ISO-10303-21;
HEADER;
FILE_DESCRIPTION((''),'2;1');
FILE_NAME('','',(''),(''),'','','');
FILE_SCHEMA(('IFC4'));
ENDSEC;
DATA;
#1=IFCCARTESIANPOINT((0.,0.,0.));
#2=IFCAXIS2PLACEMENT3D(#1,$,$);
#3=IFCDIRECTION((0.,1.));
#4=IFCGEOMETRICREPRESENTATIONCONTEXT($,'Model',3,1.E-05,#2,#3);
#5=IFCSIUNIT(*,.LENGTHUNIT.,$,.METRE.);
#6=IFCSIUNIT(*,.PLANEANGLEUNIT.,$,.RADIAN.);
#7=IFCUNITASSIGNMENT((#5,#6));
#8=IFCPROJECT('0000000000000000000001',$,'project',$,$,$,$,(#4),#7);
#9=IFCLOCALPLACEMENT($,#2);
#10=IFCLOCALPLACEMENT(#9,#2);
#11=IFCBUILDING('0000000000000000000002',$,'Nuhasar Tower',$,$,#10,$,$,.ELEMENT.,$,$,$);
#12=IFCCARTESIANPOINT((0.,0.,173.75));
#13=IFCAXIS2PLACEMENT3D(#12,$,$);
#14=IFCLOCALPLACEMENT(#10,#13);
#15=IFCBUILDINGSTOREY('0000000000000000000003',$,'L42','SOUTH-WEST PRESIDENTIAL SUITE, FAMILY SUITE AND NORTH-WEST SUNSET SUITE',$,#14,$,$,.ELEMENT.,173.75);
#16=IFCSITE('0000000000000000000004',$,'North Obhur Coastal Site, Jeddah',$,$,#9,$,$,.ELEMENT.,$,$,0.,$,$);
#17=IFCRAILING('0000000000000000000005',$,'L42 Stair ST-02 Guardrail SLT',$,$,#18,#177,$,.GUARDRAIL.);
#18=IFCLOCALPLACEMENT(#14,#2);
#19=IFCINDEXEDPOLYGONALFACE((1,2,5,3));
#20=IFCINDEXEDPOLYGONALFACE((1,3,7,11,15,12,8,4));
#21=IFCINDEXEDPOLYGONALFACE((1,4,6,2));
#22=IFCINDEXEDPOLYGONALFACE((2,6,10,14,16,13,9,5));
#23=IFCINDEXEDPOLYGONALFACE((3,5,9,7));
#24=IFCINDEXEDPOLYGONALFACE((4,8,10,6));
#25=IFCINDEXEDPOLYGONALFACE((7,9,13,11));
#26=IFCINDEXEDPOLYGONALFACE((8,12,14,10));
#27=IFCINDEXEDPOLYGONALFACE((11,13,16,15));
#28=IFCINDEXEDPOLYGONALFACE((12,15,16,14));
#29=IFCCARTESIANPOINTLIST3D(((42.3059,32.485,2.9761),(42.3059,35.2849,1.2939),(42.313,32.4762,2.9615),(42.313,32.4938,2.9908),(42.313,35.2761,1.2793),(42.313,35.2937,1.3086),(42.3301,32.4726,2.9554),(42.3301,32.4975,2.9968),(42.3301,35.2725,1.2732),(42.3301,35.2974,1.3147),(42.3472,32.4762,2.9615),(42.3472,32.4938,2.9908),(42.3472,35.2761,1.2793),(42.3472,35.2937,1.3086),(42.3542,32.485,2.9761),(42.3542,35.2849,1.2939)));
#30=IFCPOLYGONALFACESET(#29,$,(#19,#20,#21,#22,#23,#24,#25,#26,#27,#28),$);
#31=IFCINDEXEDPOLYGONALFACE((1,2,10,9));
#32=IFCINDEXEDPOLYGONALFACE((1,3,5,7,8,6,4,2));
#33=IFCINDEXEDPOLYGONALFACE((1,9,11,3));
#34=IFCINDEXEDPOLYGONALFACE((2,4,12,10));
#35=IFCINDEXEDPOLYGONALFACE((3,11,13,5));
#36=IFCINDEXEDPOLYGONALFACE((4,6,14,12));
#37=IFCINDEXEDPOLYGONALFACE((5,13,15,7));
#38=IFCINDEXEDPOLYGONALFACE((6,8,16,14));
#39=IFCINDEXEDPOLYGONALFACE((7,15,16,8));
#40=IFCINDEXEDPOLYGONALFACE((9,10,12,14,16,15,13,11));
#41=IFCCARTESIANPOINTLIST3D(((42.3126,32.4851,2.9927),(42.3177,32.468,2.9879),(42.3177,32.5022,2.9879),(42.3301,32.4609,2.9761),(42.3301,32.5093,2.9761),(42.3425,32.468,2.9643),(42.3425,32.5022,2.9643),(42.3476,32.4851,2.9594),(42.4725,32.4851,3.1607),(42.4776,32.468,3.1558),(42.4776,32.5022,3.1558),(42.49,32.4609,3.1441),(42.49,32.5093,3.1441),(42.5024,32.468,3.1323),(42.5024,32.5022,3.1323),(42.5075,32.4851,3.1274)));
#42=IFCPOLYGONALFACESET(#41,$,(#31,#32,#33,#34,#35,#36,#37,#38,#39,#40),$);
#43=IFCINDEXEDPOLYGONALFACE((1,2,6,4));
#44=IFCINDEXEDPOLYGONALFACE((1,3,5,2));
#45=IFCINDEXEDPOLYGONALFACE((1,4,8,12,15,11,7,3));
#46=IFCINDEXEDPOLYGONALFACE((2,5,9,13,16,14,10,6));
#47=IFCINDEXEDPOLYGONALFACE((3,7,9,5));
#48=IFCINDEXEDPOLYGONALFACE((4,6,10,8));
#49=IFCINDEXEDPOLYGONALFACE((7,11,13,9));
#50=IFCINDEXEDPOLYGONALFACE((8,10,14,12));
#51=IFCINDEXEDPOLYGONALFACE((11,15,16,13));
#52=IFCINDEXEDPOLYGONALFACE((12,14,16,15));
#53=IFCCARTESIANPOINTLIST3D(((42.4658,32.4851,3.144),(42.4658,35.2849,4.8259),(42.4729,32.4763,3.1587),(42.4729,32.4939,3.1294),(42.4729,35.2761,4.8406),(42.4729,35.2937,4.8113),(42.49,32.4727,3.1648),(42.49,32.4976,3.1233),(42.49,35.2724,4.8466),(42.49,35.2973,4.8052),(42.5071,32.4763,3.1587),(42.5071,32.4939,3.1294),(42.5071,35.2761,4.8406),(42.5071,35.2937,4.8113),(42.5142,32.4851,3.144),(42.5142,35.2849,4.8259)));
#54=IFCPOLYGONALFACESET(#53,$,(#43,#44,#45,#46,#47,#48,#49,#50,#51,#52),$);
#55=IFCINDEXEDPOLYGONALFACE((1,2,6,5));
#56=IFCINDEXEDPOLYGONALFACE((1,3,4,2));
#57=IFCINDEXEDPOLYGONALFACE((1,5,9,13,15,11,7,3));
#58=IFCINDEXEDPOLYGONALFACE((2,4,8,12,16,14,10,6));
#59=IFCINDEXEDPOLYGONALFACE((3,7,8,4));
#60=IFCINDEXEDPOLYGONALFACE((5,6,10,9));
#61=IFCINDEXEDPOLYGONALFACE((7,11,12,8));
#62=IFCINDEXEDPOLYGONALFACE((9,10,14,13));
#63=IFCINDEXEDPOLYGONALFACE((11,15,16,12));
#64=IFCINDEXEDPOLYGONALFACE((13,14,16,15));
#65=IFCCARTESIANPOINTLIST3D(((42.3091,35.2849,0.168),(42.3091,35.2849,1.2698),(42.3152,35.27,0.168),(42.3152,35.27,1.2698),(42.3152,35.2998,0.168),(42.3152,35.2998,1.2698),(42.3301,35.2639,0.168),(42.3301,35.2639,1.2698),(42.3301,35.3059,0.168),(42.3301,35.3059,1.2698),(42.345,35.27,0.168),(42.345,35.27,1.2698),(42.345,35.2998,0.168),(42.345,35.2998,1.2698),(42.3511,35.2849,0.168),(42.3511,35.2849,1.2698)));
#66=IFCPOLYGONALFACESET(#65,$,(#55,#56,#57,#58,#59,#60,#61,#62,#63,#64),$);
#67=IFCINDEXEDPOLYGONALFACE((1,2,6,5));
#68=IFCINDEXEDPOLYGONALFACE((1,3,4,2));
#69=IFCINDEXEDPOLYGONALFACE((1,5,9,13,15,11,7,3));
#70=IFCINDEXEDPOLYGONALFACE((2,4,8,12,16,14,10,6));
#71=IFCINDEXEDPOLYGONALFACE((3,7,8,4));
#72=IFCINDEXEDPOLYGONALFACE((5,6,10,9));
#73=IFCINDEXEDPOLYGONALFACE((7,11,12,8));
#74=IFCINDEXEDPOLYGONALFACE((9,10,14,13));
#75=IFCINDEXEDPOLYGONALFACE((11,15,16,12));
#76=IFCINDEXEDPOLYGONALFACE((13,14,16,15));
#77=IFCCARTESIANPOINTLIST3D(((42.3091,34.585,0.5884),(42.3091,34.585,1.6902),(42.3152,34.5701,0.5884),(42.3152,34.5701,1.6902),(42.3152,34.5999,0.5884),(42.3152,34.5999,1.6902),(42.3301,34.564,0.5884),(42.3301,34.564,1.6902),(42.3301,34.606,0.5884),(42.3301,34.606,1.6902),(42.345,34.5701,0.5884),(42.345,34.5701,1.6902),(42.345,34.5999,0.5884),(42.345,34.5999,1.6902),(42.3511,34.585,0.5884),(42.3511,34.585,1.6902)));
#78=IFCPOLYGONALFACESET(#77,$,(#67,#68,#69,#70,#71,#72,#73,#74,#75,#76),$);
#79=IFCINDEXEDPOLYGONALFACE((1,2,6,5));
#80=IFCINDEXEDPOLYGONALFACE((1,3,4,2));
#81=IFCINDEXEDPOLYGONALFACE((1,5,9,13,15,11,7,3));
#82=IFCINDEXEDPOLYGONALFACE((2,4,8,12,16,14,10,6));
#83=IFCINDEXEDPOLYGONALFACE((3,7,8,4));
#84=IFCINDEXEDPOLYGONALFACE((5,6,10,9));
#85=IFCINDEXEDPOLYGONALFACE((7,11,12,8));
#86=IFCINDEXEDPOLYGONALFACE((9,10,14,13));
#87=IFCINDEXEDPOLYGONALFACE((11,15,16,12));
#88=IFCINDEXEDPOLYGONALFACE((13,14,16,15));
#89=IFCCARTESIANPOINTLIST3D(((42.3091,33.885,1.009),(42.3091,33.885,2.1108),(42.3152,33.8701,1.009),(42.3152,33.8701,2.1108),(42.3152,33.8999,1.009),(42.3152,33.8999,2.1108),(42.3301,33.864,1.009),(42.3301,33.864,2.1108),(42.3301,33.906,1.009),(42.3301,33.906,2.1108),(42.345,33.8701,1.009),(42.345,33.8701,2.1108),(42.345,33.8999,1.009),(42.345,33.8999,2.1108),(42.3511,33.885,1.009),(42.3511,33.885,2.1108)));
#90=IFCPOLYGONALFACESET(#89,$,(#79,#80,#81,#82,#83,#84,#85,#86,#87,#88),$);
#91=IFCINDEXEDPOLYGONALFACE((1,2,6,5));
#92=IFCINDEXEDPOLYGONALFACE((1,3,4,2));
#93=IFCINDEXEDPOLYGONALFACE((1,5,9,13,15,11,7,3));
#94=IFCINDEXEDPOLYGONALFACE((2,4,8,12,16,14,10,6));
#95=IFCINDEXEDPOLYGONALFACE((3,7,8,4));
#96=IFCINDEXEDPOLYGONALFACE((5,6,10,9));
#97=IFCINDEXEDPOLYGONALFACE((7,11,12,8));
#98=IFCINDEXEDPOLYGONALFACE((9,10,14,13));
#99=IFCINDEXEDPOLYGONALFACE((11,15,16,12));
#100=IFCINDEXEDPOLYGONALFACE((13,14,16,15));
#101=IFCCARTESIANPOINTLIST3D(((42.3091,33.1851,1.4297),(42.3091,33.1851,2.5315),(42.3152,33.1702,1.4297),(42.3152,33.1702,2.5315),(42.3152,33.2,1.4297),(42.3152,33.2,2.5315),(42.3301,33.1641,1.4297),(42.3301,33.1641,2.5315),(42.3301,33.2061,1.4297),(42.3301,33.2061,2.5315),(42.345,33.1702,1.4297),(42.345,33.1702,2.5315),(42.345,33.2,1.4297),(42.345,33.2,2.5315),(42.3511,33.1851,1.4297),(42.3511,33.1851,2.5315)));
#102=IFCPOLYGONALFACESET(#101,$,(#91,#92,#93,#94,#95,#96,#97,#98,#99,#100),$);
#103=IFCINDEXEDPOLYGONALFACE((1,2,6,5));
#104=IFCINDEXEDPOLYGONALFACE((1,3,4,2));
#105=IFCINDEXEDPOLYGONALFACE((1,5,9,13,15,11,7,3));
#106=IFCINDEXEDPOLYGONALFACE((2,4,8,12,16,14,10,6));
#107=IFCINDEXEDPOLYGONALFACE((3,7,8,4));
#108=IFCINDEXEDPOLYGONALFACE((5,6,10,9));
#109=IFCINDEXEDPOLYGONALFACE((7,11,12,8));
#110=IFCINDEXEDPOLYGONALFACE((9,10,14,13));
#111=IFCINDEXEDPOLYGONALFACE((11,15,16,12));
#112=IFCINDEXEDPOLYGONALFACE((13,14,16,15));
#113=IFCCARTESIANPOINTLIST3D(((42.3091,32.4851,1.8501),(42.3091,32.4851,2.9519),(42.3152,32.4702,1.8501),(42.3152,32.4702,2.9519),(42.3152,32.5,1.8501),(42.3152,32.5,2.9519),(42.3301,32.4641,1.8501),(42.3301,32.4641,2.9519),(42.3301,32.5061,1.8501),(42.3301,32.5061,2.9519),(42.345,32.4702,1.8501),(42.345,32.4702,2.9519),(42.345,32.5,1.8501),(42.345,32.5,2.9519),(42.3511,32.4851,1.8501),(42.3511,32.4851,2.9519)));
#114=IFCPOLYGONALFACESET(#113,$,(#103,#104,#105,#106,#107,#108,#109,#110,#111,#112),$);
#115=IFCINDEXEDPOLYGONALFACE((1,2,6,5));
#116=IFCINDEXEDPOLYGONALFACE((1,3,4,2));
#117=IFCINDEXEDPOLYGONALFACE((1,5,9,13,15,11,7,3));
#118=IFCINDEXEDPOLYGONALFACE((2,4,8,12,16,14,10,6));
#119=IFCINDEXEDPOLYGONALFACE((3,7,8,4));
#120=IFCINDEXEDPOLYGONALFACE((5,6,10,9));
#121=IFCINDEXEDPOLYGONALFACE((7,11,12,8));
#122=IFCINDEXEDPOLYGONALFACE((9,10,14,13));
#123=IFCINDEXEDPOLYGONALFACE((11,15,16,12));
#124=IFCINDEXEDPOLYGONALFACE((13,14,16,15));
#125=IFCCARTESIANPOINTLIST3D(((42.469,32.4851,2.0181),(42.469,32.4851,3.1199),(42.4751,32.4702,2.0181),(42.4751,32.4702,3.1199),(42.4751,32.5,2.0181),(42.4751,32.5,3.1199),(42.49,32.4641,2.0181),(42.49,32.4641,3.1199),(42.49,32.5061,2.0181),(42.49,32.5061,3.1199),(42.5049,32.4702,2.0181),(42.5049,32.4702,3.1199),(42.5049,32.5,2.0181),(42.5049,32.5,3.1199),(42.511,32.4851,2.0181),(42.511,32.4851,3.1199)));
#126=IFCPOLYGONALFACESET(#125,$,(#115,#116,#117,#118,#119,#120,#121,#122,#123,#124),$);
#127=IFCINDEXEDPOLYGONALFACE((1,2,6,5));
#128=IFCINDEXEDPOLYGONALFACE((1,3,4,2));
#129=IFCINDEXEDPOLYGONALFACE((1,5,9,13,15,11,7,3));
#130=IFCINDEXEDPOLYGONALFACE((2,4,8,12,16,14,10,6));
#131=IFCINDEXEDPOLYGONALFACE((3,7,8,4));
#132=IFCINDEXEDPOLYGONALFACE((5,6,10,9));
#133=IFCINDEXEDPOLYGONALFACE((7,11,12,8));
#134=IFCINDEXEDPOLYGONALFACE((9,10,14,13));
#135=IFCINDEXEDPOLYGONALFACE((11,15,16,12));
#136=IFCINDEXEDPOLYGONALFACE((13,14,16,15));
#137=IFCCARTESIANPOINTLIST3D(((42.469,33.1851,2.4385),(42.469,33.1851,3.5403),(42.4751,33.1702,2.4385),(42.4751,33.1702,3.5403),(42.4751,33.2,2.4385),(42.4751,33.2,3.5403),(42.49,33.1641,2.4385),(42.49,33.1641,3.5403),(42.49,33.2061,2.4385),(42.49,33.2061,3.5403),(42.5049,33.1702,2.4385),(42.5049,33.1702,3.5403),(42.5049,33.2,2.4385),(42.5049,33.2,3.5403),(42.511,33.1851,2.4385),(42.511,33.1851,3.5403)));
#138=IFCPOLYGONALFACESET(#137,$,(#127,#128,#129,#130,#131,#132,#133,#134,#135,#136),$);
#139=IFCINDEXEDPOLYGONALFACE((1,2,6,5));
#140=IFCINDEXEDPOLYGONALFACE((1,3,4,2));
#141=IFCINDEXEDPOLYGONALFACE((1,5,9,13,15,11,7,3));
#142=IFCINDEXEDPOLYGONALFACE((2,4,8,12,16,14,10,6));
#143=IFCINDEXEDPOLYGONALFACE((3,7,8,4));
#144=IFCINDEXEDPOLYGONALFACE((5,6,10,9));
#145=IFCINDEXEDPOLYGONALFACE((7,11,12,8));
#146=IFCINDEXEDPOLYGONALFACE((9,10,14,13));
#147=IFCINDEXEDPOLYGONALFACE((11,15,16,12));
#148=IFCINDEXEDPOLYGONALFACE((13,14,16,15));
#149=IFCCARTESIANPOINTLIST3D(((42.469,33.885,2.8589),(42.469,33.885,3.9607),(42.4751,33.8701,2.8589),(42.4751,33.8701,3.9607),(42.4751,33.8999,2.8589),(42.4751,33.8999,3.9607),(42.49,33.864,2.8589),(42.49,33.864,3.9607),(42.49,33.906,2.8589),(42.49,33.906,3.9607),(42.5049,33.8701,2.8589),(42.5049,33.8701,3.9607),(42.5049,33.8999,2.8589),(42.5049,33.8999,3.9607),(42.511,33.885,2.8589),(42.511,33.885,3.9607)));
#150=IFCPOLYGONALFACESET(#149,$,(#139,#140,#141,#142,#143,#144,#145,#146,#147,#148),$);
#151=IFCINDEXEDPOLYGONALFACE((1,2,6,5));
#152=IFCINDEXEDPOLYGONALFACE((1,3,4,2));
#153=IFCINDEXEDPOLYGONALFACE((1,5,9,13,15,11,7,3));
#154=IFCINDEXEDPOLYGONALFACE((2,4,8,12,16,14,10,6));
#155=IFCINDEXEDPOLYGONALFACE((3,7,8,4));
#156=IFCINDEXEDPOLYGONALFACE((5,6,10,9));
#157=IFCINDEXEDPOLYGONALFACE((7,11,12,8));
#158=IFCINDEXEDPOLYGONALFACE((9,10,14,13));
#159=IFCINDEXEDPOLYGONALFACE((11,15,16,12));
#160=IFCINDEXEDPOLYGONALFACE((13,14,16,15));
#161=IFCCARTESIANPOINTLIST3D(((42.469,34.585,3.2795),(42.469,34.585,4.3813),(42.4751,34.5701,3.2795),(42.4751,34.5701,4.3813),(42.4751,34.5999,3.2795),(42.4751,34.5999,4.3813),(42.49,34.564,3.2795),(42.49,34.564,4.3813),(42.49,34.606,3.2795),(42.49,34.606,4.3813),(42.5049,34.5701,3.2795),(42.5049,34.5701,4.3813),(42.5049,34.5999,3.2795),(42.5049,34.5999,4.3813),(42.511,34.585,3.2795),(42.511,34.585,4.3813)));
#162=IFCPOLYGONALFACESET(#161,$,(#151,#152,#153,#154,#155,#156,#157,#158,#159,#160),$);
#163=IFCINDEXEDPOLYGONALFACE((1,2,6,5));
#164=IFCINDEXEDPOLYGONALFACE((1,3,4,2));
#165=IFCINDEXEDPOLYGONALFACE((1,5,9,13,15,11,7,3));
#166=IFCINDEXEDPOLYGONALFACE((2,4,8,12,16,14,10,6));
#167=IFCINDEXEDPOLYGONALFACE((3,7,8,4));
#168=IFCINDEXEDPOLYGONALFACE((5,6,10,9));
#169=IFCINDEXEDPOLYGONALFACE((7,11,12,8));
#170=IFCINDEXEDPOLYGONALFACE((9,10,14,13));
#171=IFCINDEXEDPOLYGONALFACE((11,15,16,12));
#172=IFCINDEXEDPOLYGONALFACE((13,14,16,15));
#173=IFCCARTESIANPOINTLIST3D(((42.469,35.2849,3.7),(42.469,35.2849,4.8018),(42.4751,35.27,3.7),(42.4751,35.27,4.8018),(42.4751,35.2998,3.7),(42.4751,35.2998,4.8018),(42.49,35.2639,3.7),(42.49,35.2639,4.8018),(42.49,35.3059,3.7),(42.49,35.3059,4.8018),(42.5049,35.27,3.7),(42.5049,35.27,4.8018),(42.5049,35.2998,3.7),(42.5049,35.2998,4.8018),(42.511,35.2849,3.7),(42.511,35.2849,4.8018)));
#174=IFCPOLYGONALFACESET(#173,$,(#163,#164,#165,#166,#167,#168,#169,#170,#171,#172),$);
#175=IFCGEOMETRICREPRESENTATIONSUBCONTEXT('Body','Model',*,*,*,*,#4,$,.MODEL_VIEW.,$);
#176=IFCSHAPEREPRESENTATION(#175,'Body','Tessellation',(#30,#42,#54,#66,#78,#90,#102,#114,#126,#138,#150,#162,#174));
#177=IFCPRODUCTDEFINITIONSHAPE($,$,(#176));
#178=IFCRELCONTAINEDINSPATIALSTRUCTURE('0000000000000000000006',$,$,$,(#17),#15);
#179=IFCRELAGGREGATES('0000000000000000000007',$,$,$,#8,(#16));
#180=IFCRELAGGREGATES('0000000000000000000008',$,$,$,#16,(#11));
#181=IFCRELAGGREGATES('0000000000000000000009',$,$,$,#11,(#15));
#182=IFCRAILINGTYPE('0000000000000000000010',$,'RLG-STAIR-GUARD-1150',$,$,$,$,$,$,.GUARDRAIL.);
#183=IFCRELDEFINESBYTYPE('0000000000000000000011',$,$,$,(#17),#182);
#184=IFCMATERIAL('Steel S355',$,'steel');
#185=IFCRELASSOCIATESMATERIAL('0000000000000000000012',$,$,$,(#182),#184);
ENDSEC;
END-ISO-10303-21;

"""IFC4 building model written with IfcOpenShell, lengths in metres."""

from ifc_helpers import new_model, si_unit, direction, frame, origin, place, context, subcontext, project, spatial, polyline, outline, extrude, material, type_object, element, save


model = new_model("IFC4")

# Units and contexts
model_context = context("Model", 3, precision=1e-05, world=origin(), true_north=direction((0.0, 1.0)))
body_context = subcontext(model_context, "Body", "Model", "MODEL_VIEW")
ifc_project = project(units=[si_unit("LENGTHUNIT", "METRE"), si_unit("PLANEANGLEUNIT", "RADIAN")], contexts=[model_context])

# Site, building, storey
site_placement = place(None, origin())
site = spatial("IfcSite", under=ifc_project, at=site_placement, Name="North Obhur Coastal Site, Jeddah", CompositionType="ELEMENT", RefElevation=0.0)
building_placement = place(site_placement, origin())
building = spatial("IfcBuilding", under=site, at=building_placement, Name="Nuhasar Tower", CompositionType="ELEMENT")
storey_placement = place(building_placement, frame((0.0, 0.0, 173.75)))
storey = spatial("IfcBuildingStorey", under=building, at=storey_placement, Name="L42", Description="SOUTH-WEST PRESIDENTIAL SUITE, FAMILY SUITE AND NORTH-WEST SUNSET SUITE", CompositionType="ELEMENT", Elevation=173.75)

# Shared definitions
ifc_material_1 = material(Name="Steel S355", Category="steel")

# Railing
railing_type_1 = type_object("IfcRailingType", Name="RLG-STAIR-GUARD-1150", PredefinedType="GUARDRAIL", material=ifc_material_1)
railing_1_placement = place(storey_placement, frame((42.3301, 35.2849, 0.168)))
element("IfcRailing", 1, at=railing_1_placement, inside=storey, type_object=railing_type_1, Name="L42 Stair ST-02 Guardrail SLT", PredefinedType="GUARDRAIL", context=body_context, shape_type="SweptSolid", body=[
    extrude(outline(polyline([(0.0242, 0.0), (0.0171, 0.0171), (0.0, 0.0242), (-0.0171, 0.0171), (-0.0242, 0.0), (-0.0171, -0.0171), (0.0, -0.0242), (0.0171, -0.0171), (0.0242, 0.0)])), frame((0.0, 0.0, 1.126), z_axis=(0.0, -0.857189, 0.515001), x_axis=(1.0, 0.0, 0.0)), (0.0, 0.0, 1.0), 3.2664),
    extrude(outline(polyline([(0.0242, 0.0), (0.0171, 0.0171), (0.0, 0.0242), (-0.0171, 0.0171), (-0.0242, 0.0), (-0.0171, -0.0171), (0.0, -0.0242), (0.0171, -0.0171), (0.0242, 0.0)])), frame((0.0, -2.7998, 2.8081), z_axis=(0.689524, 0.0, 0.724263), x_axis=(0.0, 1.0, 0.0)), (0.0, 0.0, 1.0), 0.2319),
    extrude(outline(polyline([(0.0242, 0.0), (0.0171, 0.0171), (0.0, 0.0242), (-0.0171, 0.0171), (-0.0242, 0.0), (-0.0171, -0.0171), (0.0, -0.0242), (0.0171, -0.0171), (0.0242, 0.0)])), frame((0.1599, -2.7998, 2.9761), z_axis=(0.0, 0.857222, 0.514946), x_axis=(-1.0, 0.0, 0.0)), (0.0, 0.0, 1.0), 3.2661),
    extrude(outline(polyline([(0.021, 0.0), (0.0149, 0.0149), (0.0, 0.021), (-0.0149, 0.0149), (-0.021, 0.0), (-0.0149, -0.0149), (0.0, -0.021), (0.0149, -0.0149), (0.021, 0.0)])), origin(), (0.0, 0.0, 1.0), 1.1018),
    extrude(outline(polyline([(0.021, 0.0), (0.0149, 0.0149), (0.0, 0.021), (-0.0149, 0.0149), (-0.021, 0.0), (-0.0149, -0.0149), (0.0, -0.021), (0.0149, -0.0149), (0.021, 0.0)])), frame((0.0, -0.7, 0.4204)), (0.0, 0.0, 1.0), 1.1018),
    extrude(outline(polyline([(0.021, 0.0), (0.0149, 0.0149), (0.0, 0.021), (-0.0149, 0.0149), (-0.021, 0.0), (-0.0149, -0.0149), (0.0, -0.021), (0.0149, -0.0149), (0.021, 0.0)])), frame((0.0, -1.3999, 0.8411)), (0.0, 0.0, 1.0), 1.1018),
    extrude(outline(polyline([(0.021, 0.0), (0.0149, 0.0149), (0.0, 0.021), (-0.0149, 0.0149), (-0.021, 0.0), (-0.0149, -0.0149), (0.0, -0.021), (0.0149, -0.0149), (0.021, 0.0)])), frame((0.0, -2.0999, 1.2617)), (0.0, 0.0, 1.0), 1.1018),
    extrude(outline(polyline([(0.021, 0.0), (0.0149, 0.0149), (0.0, 0.021), (-0.0149, 0.0149), (-0.021, 0.0), (-0.0149, -0.0149), (0.0, -0.021), (0.0149, -0.0149), (0.021, 0.0)])), frame((0.0, -2.7998, 1.6821)), (0.0, 0.0, 1.0), 1.1018),
    extrude(outline(polyline([(0.021, 0.0), (0.0149, 0.0149), (0.0, 0.021), (-0.0149, 0.0149), (-0.021, 0.0), (-0.0149, -0.0149), (0.0, -0.021), (0.0149, -0.0149), (0.021, 0.0)])), frame((0.1599, -2.7998, 1.8501)), (0.0, 0.0, 1.0), 1.1018),
    extrude(outline(polyline([(0.021, 0.0), (0.0149, 0.0149), (0.0, 0.021), (-0.0149, 0.0149), (-0.021, 0.0), (-0.0149, -0.0149), (0.0, -0.021), (0.0149, -0.0149), (0.021, 0.0)])), frame((0.1599, -2.0999, 2.2705)), (0.0, 0.0, 1.0), 1.1018),
    extrude(outline(polyline([(0.021, 0.0), (0.0149, 0.0149), (0.0, 0.021), (-0.0149, 0.0149), (-0.021, 0.0), (-0.0149, -0.0149), (0.0, -0.021), (0.0149, -0.0149), (0.021, 0.0)])), frame((0.1599, -1.3999, 2.6909)), (0.0, 0.0, 1.0), 1.1018),
    extrude(outline(polyline([(0.021, 0.0), (0.0149, 0.0149), (0.0, 0.021), (-0.0149, 0.0149), (-0.021, 0.0), (-0.0149, -0.0149), (0.0, -0.021), (0.0149, -0.0149), (0.021, 0.0)])), frame((0.1599, -0.7, 3.1116)), (0.0, 0.0, 1.0), 1.1018),
    extrude(outline(polyline([(0.021, 0.0), (0.0149, 0.0149), (0.0, 0.021), (-0.0149, 0.0149), (-0.021, 0.0), (-0.0149, -0.0149), (0.0, -0.021), (0.0149, -0.0149), (0.021, 0.0)])), frame((0.1599, 0.0, 3.532)), (0.0, 0.0, 1.0), 1.1018),
])

save(model, "model.ifc")
